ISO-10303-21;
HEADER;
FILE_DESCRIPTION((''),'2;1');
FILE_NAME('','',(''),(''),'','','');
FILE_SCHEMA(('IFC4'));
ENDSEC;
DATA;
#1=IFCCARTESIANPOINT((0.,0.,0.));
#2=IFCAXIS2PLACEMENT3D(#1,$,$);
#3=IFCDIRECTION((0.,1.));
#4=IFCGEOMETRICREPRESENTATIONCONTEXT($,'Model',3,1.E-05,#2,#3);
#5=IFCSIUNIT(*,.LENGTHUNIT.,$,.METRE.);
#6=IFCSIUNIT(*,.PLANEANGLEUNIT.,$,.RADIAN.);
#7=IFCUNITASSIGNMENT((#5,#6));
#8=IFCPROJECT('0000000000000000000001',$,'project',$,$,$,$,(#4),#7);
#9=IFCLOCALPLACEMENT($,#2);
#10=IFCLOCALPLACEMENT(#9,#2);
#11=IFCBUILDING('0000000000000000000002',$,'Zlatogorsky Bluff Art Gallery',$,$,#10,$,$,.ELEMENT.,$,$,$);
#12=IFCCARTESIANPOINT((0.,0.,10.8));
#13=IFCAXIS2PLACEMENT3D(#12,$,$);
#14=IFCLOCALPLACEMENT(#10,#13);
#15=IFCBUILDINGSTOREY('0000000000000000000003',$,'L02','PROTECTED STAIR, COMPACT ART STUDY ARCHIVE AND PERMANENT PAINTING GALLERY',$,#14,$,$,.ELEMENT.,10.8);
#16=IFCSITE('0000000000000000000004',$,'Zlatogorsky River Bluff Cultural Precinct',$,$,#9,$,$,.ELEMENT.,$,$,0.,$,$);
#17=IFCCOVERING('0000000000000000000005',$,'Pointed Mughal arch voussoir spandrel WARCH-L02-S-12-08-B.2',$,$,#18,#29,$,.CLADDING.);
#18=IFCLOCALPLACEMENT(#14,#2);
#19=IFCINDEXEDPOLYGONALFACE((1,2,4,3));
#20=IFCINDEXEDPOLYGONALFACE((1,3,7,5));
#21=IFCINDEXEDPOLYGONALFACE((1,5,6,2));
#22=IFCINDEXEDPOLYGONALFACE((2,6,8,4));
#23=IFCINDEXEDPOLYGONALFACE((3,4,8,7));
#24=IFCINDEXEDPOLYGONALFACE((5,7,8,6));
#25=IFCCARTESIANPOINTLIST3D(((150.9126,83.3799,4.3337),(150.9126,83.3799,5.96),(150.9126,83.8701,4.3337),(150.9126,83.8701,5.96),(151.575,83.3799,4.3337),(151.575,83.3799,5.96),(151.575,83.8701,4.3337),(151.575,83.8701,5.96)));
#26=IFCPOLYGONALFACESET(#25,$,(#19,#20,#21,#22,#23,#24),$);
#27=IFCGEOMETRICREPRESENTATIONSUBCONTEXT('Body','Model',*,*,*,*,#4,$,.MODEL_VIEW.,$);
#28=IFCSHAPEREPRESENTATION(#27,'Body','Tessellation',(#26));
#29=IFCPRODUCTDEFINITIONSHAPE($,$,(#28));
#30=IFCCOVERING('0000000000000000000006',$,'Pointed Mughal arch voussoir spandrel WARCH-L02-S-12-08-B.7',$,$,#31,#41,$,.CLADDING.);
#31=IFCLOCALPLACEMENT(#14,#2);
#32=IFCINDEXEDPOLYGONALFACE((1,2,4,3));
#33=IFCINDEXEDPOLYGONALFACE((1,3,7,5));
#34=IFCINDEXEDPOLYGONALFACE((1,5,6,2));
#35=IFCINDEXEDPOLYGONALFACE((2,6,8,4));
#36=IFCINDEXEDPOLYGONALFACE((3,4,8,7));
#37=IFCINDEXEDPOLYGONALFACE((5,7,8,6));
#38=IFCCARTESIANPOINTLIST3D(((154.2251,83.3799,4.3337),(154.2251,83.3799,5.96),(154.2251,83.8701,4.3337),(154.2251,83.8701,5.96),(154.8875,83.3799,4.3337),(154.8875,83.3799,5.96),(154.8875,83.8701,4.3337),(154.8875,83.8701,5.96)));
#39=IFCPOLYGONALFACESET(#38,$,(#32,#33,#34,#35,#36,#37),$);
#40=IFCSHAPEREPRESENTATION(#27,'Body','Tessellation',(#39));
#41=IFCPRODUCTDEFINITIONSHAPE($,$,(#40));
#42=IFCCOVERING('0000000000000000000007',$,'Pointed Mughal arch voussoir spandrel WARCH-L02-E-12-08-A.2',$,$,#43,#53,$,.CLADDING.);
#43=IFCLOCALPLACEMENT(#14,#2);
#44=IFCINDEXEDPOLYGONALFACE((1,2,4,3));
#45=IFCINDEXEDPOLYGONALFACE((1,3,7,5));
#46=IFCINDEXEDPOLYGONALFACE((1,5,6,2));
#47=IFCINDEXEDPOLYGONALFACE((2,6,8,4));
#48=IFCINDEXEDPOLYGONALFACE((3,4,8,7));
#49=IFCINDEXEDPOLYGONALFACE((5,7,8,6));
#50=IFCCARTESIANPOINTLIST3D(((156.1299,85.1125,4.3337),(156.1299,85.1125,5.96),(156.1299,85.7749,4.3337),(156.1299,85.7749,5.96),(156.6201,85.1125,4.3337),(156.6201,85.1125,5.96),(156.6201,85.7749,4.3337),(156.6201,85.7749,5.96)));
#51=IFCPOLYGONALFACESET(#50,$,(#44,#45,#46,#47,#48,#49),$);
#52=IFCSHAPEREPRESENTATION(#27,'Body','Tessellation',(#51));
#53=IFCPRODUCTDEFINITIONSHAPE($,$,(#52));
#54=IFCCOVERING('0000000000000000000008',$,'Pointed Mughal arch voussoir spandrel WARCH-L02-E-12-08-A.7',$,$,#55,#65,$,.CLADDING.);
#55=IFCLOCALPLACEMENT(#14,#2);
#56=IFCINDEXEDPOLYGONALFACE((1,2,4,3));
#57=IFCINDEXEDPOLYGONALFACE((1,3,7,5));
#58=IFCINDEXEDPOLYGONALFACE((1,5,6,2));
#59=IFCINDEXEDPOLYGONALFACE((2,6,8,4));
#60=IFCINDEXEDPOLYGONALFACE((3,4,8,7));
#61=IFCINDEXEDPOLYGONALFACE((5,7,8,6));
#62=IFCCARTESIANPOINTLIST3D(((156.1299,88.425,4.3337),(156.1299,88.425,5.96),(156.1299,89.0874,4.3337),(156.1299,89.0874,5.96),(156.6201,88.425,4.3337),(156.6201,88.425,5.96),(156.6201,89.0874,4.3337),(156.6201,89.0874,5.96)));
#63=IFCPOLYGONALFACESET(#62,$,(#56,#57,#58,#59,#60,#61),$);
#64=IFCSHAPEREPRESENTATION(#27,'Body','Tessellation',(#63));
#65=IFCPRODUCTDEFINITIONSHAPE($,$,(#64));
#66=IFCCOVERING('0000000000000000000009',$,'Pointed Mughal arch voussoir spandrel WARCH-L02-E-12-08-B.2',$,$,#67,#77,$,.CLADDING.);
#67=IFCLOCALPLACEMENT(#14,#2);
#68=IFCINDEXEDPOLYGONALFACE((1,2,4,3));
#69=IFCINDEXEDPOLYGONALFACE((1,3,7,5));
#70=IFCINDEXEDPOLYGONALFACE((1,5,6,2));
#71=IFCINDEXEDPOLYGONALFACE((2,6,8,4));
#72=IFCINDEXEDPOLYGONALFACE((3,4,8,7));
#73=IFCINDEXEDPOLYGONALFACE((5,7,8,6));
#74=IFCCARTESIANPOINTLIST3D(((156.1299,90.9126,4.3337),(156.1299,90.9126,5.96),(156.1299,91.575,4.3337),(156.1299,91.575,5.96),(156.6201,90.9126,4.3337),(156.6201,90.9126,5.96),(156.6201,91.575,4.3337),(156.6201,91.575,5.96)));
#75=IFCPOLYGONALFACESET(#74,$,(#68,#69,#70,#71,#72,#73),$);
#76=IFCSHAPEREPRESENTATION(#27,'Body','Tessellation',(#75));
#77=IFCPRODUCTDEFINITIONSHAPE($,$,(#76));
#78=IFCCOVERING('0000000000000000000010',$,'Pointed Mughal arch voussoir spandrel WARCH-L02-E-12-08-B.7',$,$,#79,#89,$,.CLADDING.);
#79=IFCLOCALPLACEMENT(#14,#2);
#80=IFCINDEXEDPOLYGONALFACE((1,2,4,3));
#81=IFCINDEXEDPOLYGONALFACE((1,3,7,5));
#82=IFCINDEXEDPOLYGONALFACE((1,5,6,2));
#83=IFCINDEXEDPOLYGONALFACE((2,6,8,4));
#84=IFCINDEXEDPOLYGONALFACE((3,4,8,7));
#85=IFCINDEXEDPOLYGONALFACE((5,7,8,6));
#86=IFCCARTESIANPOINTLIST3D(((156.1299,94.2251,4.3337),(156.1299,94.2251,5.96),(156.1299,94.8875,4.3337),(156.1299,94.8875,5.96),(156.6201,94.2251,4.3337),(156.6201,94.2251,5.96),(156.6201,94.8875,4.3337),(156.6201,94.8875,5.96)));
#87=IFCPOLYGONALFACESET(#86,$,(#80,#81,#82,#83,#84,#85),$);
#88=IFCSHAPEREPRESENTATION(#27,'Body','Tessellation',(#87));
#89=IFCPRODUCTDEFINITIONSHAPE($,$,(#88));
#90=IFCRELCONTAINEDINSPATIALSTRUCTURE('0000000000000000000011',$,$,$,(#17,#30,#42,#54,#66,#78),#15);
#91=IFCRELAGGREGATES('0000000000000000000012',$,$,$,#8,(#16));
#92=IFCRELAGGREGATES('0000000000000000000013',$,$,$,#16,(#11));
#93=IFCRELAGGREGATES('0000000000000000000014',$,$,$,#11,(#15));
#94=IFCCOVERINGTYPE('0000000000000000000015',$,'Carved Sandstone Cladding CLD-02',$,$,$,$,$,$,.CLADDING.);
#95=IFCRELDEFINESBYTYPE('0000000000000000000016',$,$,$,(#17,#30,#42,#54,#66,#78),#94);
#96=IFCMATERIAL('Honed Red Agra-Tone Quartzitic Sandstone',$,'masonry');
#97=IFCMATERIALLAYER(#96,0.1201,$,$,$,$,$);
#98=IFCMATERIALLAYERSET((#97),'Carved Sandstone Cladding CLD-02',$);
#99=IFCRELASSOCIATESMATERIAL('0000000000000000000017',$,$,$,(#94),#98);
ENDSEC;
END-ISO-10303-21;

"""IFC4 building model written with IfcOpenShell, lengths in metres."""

from ifc_helpers import new_model, si_unit, direction, frame, origin, place, context, subcontext, project, spatial, polyline, outline, extrude, material, layer, layer_set, type_object, element, save


model = new_model("IFC4")

# Units and contexts
model_context = context("Model", 3, precision=1e-05, world=origin(), true_north=direction((0.0, 1.0)))
body_context = subcontext(model_context, "Body", "Model", "MODEL_VIEW")
ifc_project = project(units=[si_unit("LENGTHUNIT", "METRE"), si_unit("PLANEANGLEUNIT", "RADIAN")], contexts=[model_context])

# Site, building, storey
site_placement = place(None, origin())
site = spatial("IfcSite", under=ifc_project, at=site_placement, Name="Zlatogorsky River Bluff Cultural Precinct", CompositionType="ELEMENT", RefElevation=0.0)
building_placement = place(site_placement, origin())
building = spatial("IfcBuilding", under=site, at=building_placement, Name="Zlatogorsky Bluff Art Gallery", CompositionType="ELEMENT")
storey_placement = place(building_placement, frame((0.0, 0.0, 10.8)))
storey = spatial("IfcBuildingStorey", under=building, at=storey_placement, Name="L02", Description="PROTECTED STAIR, COMPACT ART STUDY ARCHIVE AND PERMANENT PAINTING GALLERY", CompositionType="ELEMENT", Elevation=10.8)

# Coverings
ifc_material = material(Name="Honed Red Agra-Tone Quartzitic Sandstone", Category="masonry")
ifc_layer = layer(ifc_material, 0.1201)
ifc_layer_set = layer_set([ifc_layer], Name="Carved Sandstone Cladding CLD-02")
covering_type = type_object("IfcCoveringType", Name="Carved Sandstone Cladding CLD-02", PredefinedType="CLADDING", material=ifc_layer_set)
covering_1_placement = place(storey_placement, frame((0.0, 0.0, 4.3337)))
element("IfcCovering", 1, at=covering_1_placement, inside=storey, type_object=covering_type, Name="Pointed Mughal arch voussoir spandrel WARCH-L02-S-12-08-B.2", PredefinedType="CLADDING", context=body_context, shape_type="SweptSolid", body=[
    extrude(outline(polyline([(150.9126, 83.3799), (151.575, 83.3799), (151.575, 83.8701), (150.9126, 83.8701), (150.9126, 83.3799)])), origin(), (0.0, 0.0, 1.0), 1.6262),
])
covering_2_placement = place(storey_placement, frame((0.0, 0.0, 4.3337)))
element("IfcCovering", 2, at=covering_2_placement, inside=storey, type_object=covering_type, Name="Pointed Mughal arch voussoir spandrel WARCH-L02-S-12-08-B.7", PredefinedType="CLADDING", context=body_context, shape_type="SweptSolid", body=[
    extrude(outline(polyline([(154.2251, 83.3799), (154.8875, 83.3799), (154.8875, 83.8701), (154.2251, 83.8701), (154.2251, 83.3799)])), origin(), (0.0, 0.0, 1.0), 1.6262),
])
covering_3_placement = place(storey_placement, frame((0.0, 0.0, 4.3337)))
element("IfcCovering", 3, at=covering_3_placement, inside=storey, type_object=covering_type, Name="Pointed Mughal arch voussoir spandrel WARCH-L02-E-12-08-A.2", PredefinedType="CLADDING", context=body_context, shape_type="SweptSolid", body=[
    extrude(outline(polyline([(156.1299, 85.1125), (156.1299, 85.7749), (156.6201, 85.7749), (156.6201, 85.1125), (156.1299, 85.1125)])), origin(), (0.0, 0.0, 1.0), 1.6262),
])
covering_4_placement = place(storey_placement, frame((0.0, 0.0, 4.3337)))
element("IfcCovering", 4, at=covering_4_placement, inside=storey, type_object=covering_type, Name="Pointed Mughal arch voussoir spandrel WARCH-L02-E-12-08-A.7", PredefinedType="CLADDING", context=body_context, shape_type="SweptSolid", body=[
    extrude(outline(polyline([(156.1299, 88.425), (156.1299, 89.0874), (156.6201, 89.0874), (156.6201, 88.425), (156.1299, 88.425)])), origin(), (0.0, 0.0, 1.0), 1.6262),
])
covering_5_placement = place(storey_placement, frame((0.0, 0.0, 4.3337)))
element("IfcCovering", 5, at=covering_5_placement, inside=storey, type_object=covering_type, Name="Pointed Mughal arch voussoir spandrel WARCH-L02-E-12-08-B.2", PredefinedType="CLADDING", context=body_context, shape_type="SweptSolid", body=[
    extrude(outline(polyline([(156.1299, 90.9126), (156.1299, 91.575), (156.6201, 91.575), (156.6201, 90.9126), (156.1299, 90.9126)])), origin(), (0.0, 0.0, 1.0), 1.6262),
])
covering_6_placement = place(storey_placement, frame((0.0, 0.0, 4.3337)))
element("IfcCovering", 6, at=covering_6_placement, inside=storey, type_object=covering_type, Name="Pointed Mughal arch voussoir spandrel WARCH-L02-E-12-08-B.7", PredefinedType="CLADDING", context=body_context, shape_type="SweptSolid", body=[
    extrude(outline(polyline([(156.1299, 94.2251), (156.1299, 94.8875), (156.6201, 94.8875), (156.6201, 94.2251), (156.1299, 94.2251)])), origin(), (0.0, 0.0, 1.0), 1.6262),
])

save(model, "model.ifc")
